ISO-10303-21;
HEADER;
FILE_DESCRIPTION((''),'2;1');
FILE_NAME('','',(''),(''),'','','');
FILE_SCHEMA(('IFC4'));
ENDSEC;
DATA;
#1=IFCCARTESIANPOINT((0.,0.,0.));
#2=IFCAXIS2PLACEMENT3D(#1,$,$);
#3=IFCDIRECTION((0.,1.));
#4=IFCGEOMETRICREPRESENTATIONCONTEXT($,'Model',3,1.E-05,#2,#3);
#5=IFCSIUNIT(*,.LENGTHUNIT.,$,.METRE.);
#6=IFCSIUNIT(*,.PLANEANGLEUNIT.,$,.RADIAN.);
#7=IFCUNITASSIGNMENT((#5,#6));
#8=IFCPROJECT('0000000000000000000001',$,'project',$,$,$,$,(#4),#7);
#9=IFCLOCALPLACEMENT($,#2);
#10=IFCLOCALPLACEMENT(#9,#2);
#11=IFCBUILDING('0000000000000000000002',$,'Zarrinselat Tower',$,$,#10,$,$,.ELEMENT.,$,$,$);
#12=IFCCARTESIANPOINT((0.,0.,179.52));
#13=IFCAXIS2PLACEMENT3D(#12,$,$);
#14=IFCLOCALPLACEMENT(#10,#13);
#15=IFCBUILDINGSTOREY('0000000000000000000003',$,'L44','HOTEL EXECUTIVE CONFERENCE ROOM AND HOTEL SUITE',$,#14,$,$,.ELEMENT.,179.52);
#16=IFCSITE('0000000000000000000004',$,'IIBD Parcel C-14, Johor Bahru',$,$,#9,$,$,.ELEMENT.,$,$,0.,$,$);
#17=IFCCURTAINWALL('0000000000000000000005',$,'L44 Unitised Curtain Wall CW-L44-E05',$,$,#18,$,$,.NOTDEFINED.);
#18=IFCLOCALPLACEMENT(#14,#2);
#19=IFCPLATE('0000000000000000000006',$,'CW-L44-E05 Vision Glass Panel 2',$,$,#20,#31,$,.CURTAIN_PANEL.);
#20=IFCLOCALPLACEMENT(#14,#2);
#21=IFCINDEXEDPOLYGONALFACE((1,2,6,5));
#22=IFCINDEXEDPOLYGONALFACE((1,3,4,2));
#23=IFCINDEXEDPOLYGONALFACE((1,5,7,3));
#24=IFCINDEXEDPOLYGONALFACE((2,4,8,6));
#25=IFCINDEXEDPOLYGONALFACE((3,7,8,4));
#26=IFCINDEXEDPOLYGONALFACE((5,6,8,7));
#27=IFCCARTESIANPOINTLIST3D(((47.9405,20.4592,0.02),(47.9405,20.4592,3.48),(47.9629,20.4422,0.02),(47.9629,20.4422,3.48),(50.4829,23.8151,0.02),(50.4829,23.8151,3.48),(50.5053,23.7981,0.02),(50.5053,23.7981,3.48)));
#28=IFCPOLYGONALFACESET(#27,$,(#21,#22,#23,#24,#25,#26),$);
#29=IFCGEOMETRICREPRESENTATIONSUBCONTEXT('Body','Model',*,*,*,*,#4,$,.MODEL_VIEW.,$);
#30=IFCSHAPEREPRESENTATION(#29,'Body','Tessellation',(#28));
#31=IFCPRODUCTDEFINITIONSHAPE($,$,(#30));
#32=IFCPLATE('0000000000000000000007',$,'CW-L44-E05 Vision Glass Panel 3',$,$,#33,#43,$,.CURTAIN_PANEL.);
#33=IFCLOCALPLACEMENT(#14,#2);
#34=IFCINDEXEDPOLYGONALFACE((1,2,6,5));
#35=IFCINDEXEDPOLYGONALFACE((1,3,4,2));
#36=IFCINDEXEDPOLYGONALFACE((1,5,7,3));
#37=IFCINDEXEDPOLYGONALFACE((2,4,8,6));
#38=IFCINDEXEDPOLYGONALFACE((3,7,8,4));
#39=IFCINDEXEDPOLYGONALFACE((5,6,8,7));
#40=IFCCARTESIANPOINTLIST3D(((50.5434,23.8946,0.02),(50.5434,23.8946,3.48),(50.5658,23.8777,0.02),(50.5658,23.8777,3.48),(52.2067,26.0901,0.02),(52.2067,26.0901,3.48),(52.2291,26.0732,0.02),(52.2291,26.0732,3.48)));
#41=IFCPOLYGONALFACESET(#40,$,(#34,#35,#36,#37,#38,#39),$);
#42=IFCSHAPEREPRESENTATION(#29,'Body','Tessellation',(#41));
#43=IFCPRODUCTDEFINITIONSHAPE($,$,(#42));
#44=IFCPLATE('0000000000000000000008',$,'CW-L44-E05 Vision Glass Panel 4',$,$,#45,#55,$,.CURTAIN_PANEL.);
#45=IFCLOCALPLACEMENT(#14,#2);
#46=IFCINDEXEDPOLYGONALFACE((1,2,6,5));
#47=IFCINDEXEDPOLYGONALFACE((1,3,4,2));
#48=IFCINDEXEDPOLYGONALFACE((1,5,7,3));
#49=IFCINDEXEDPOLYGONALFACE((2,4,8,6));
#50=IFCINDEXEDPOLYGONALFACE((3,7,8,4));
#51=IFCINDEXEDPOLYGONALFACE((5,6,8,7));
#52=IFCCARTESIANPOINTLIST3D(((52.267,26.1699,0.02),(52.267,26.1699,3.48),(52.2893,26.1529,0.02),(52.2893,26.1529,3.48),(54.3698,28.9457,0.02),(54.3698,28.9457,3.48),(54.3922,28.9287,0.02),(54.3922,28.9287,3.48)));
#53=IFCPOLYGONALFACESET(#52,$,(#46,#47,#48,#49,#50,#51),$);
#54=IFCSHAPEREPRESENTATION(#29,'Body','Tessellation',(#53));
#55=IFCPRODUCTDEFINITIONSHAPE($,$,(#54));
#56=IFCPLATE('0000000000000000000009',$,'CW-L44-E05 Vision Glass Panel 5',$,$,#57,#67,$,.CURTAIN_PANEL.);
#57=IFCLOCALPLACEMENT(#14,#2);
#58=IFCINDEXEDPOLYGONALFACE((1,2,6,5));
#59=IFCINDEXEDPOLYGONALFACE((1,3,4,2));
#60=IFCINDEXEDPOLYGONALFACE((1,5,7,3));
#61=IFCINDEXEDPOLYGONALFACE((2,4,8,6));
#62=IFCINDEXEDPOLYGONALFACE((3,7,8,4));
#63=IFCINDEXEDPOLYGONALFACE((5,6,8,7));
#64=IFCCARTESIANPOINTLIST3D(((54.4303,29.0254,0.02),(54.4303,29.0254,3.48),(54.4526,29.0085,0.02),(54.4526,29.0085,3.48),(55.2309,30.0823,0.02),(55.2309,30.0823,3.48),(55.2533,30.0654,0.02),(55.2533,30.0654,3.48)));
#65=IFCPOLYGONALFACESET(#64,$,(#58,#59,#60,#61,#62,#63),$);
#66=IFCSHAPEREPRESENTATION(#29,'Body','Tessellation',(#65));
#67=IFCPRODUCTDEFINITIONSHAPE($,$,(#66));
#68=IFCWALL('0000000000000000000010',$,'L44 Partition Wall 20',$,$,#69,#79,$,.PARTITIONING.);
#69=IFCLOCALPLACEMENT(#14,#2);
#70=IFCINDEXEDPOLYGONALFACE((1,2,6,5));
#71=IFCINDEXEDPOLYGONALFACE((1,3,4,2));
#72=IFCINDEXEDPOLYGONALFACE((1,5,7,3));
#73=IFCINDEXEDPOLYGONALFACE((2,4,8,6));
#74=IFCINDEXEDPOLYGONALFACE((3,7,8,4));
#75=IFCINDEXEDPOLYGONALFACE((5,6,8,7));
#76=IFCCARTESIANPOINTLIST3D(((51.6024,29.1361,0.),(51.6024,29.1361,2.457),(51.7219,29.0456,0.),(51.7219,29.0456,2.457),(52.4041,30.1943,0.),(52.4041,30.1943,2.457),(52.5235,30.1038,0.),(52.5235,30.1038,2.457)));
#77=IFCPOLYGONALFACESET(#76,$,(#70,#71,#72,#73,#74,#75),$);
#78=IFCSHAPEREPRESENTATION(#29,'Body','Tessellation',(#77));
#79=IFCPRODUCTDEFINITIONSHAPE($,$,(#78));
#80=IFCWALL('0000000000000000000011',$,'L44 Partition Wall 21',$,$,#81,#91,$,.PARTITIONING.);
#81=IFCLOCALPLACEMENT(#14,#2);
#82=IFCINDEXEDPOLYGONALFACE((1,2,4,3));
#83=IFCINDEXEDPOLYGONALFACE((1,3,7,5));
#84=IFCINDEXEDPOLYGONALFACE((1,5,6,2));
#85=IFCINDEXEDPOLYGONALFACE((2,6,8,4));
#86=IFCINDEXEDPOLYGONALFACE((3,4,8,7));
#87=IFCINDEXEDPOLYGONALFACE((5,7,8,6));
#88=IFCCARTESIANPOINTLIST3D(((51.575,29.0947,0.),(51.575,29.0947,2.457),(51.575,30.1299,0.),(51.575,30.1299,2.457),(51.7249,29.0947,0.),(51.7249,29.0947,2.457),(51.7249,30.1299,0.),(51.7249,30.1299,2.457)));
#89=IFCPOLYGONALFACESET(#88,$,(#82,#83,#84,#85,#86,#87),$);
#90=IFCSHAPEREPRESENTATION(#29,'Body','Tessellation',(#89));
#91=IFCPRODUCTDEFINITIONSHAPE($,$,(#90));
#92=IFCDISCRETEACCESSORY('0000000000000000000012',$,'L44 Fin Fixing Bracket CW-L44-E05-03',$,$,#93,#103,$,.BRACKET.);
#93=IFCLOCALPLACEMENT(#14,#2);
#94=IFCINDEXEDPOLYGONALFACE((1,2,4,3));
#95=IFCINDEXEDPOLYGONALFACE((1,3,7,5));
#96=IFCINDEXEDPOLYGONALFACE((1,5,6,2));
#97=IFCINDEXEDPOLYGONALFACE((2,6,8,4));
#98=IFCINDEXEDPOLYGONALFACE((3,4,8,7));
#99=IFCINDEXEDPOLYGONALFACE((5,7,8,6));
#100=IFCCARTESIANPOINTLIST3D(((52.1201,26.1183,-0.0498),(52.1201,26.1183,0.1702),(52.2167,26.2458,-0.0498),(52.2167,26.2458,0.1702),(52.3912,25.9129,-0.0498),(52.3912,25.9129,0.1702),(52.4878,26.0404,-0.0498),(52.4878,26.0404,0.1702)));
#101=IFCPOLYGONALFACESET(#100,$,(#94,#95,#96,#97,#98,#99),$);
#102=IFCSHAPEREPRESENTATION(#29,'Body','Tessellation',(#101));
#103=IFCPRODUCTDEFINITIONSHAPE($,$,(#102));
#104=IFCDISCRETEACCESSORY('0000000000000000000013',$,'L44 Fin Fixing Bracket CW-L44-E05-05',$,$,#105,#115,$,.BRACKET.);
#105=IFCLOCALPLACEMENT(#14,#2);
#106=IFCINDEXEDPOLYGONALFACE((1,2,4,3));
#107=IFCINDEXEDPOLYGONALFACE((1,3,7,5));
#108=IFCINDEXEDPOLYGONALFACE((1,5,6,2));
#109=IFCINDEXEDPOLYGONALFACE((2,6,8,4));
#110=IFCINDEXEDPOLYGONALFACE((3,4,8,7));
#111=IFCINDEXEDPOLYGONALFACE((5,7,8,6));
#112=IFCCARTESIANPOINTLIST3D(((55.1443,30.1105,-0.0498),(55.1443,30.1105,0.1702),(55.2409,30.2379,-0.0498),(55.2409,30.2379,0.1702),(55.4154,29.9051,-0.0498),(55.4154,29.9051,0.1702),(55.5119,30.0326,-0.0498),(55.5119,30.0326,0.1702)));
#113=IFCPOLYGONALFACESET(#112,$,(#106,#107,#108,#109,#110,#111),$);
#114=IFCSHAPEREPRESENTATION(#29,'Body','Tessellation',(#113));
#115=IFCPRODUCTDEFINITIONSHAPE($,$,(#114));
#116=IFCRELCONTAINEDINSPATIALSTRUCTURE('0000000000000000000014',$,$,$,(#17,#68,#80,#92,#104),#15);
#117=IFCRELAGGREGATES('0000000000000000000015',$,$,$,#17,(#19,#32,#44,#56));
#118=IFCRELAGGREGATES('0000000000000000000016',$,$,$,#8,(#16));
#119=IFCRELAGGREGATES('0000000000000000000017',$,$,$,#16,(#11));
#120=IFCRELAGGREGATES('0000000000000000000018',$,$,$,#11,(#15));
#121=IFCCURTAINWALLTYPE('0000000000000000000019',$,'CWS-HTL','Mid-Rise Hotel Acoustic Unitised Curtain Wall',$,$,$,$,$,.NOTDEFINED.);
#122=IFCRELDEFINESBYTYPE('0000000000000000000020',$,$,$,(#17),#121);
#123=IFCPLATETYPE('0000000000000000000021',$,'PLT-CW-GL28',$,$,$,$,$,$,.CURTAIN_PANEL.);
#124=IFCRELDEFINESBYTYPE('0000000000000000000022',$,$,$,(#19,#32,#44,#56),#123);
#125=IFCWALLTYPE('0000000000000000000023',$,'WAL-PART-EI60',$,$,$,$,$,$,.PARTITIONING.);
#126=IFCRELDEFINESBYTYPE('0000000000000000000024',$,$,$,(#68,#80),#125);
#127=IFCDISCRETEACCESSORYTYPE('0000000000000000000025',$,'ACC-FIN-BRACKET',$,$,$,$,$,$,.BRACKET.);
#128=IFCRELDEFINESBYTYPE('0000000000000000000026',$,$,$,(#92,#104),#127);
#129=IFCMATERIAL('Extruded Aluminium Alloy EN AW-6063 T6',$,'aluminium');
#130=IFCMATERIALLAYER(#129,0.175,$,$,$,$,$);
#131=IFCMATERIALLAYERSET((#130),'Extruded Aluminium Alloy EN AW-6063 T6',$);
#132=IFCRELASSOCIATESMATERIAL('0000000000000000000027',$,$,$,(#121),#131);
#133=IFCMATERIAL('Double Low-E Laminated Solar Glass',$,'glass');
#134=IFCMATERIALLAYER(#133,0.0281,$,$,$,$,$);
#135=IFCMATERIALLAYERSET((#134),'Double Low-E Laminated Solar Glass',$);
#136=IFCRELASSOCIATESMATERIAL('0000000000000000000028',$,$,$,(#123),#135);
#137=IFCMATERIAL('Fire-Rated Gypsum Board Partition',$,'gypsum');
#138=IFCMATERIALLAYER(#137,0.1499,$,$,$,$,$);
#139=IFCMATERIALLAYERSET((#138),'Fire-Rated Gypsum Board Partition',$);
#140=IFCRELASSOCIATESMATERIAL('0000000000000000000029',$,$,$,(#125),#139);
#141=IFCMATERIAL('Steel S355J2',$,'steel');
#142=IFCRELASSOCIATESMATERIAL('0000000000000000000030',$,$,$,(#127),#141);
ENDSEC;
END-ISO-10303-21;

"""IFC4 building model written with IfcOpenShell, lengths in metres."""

from ifc_helpers import new_model, si_unit, direction, frame, frame_2d, origin, origin_2d, place, context, subcontext, project, spatial, rectangle, extrude, material, layer, layer_set, type_object, element, aggregate, save


model = new_model("IFC4")

# Units and contexts
model_context = context("Model", 3, precision=1e-05, world=origin(), true_north=direction((0.0, 1.0)))
body_context = subcontext(model_context, "Body", "Model", "MODEL_VIEW")
ifc_project = project(units=[si_unit("LENGTHUNIT", "METRE"), si_unit("PLANEANGLEUNIT", "RADIAN")], contexts=[model_context])

# Site, building, storey
site_placement = place(None, origin())
site = spatial("IfcSite", under=ifc_project, at=site_placement, Name="IIBD Parcel C-14, Johor Bahru", CompositionType="ELEMENT", RefElevation=0.0)
building_placement = place(site_placement, origin())
building = spatial("IfcBuilding", under=site, at=building_placement, Name="Zarrinselat Tower", CompositionType="ELEMENT")
storey_placement = place(building_placement, frame((0.0, 0.0, 179.52)))
storey = spatial("IfcBuildingStorey", under=building, at=storey_placement, Name="L44", Description="HOTEL EXECUTIVE CONFERENCE ROOM AND HOTEL SUITE", CompositionType="ELEMENT", Elevation=179.52)

# Curtain wall, plates
ifc_material_1 = material(Name="Extruded Aluminium Alloy EN AW-6063 T6", Category="aluminium")
ifc_layer_1 = layer(ifc_material_1, 0.175)
ifc_layer_set_1 = layer_set([ifc_layer_1], Name="Extruded Aluminium Alloy EN AW-6063 T6")
curtain_wall_type = type_object("IfcCurtainWallType", Name="CWS-HTL", Description="Mid-Rise Hotel Acoustic Unitised Curtain Wall", PredefinedType="NOTDEFINED", material=ifc_layer_set_1)
curtain_wall_placement = place(storey_placement, origin())
curtain_wall = element("IfcCurtainWall", 1, at=curtain_wall_placement, inside=storey, type_object=curtain_wall_type, Name="L44 Unitised Curtain Wall CW-L44-E05", PredefinedType="NOTDEFINED")
ifc_material_2 = material(Name="Double Low-E Laminated Solar Glass", Category="glass")
ifc_layer_2 = layer(ifc_material_2, 0.0281)
ifc_layer_set_2 = layer_set([ifc_layer_2], Name="Double Low-E Laminated Solar Glass")
plate_type = type_object("IfcPlateType", Name="PLT-CW-GL28", PredefinedType="CURTAIN_PANEL", material=ifc_layer_set_2)
plate_1_placement = place(storey_placement, frame((49.2229, 22.1287, 0.02), z_axis=(0.0, 0.0, 1.0), x_axis=(0.603859, 0.797091, 0.0)))
plate_1 = element("IfcPlate", 2, at=plate_1_placement, type_object=plate_type, Name="CW-L44-E05 Vision Glass Panel 2", PredefinedType="CURTAIN_PANEL", context=body_context, shape_type="SweptSolid", body=[
    extrude(rectangle(XDim=4.2102, YDim=0.0281, at=origin_2d()), origin(), (0.0, 0.0, 1.0), 3.46),
])
plate_2_placement = place(storey_placement, frame((51.3862, 24.9839, 0.02), z_axis=(0.0, 0.0, 1.0), x_axis=(0.603859, 0.797091, 0.0)))
plate_2 = element("IfcPlate", 3, at=plate_2_placement, type_object=plate_type, Name="CW-L44-E05 Vision Glass Panel 3", PredefinedType="CURTAIN_PANEL", context=body_context, shape_type="SweptSolid", body=[
    extrude(rectangle(XDim=2.7544, YDim=0.0281, at=origin_2d()), origin(), (0.0, 0.0, 1.0), 3.46),
])
plate_3_placement = place(storey_placement, frame((53.3296, 27.5493, 0.02), z_axis=(0.0, 0.0, 1.0), x_axis=(0.603859, 0.797091, 0.0)))
plate_3 = element("IfcPlate", 4, at=plate_3_placement, type_object=plate_type, Name="CW-L44-E05 Vision Glass Panel 4", PredefinedType="CURTAIN_PANEL", context=body_context, shape_type="SweptSolid", body=[
    extrude(rectangle(XDim=3.4824, YDim=0.0281, at=origin_2d()), origin(), (0.0, 0.0, 1.0), 3.46),
])
plate_4_placement = place(storey_placement, frame((54.8418, 29.5454, 0.02), z_axis=(0.0, 0.0, 1.0), x_axis=(0.603859, 0.797091, 0.0)))
plate_4 = element("IfcPlate", 5, at=plate_4_placement, type_object=plate_type, Name="CW-L44-E05 Vision Glass Panel 5", PredefinedType="CURTAIN_PANEL", context=body_context, shape_type="SweptSolid", body=[
    extrude(rectangle(XDim=1.3259, YDim=0.0281, at=origin_2d()), origin(), (0.0, 0.0, 1.0), 3.46),
])
aggregate(curtain_wall, [plate_1, plate_2, plate_3, plate_4])

# Walls
ifc_material_3 = material(Name="Fire-Rated Gypsum Board Partition", Category="gypsum")
ifc_layer_3 = layer(ifc_material_3, 0.1499)
ifc_layer_set_3 = layer_set([ifc_layer_3], Name="Fire-Rated Gypsum Board Partition")
wall_type = type_object("IfcWallType", Name="WAL-PART-EI60", PredefinedType="PARTITIONING", material=ifc_layer_set_3)
wall_1_placement = place(storey_placement, frame((51.6621, 29.0908, 0.0), z_axis=(0.0, 0.0, 1.0), x_axis=(0.603847, 0.7971, 0.0)))
element("IfcWall", 6, at=wall_1_placement, inside=storey, type_object=wall_type, Name="L44 Partition Wall 20", PredefinedType="PARTITIONING", context=body_context, shape_type="SweptSolid", body=[
    extrude(rectangle(XDim=1.3276, YDim=0.1499, at=frame_2d((0.6638, 0.0))), origin(), (0.0, 0.0, 1.0), 2.457),
])
wall_2_placement = place(storey_placement, frame((51.6499, 29.0947, 0.0), z_axis=(0.0, 0.0, 1.0), x_axis=(0.0, 1.0, 0.0)))
element("IfcWall", 7, at=wall_2_placement, inside=storey, type_object=wall_type, Name="L44 Partition Wall 21", PredefinedType="PARTITIONING", context=body_context, shape_type="SweptSolid", body=[
    extrude(rectangle(XDim=1.0352, YDim=0.1499, at=frame_2d((0.5176, 0.0))), origin(), (0.0, 0.0, 1.0), 2.457),
])

# Discrete accessories
ifc_material_4 = material(Name="Steel S355J2", Category="steel")
discrete_accessory_type = type_object("IfcDiscreteAccessoryType", Name="ACC-FIN-BRACKET", PredefinedType="BRACKET", material=ifc_material_4)
for number, where, z_axis, x_axis, name in (
    (8, (52.304, 26.0793, -0.0498), (0.0, 0.0, 1.0), (0.797091, -0.603859, 0.0), "L44 Fin Fixing Bracket CW-L44-E05-03"),
    (9, (55.3281, 30.0715, -0.0498), (0.0, 0.0, 1.0), (0.797091, -0.603859, 0.0), "L44 Fin Fixing Bracket CW-L44-E05-05"),
):
    element("IfcDiscreteAccessory", number, at=place(storey_placement, frame(where, z_axis=z_axis, x_axis=x_axis)), inside=storey, type_object=discrete_accessory_type, Name=name, PredefinedType="BRACKET", context=body_context, shape_type="SweptSolid", body=[
        extrude(rectangle(XDim=0.3401, YDim=0.1599, at=origin_2d()), origin(), (0.0, 0.0, 1.0), 0.22),
    ])

save(model, "model.ifc")
